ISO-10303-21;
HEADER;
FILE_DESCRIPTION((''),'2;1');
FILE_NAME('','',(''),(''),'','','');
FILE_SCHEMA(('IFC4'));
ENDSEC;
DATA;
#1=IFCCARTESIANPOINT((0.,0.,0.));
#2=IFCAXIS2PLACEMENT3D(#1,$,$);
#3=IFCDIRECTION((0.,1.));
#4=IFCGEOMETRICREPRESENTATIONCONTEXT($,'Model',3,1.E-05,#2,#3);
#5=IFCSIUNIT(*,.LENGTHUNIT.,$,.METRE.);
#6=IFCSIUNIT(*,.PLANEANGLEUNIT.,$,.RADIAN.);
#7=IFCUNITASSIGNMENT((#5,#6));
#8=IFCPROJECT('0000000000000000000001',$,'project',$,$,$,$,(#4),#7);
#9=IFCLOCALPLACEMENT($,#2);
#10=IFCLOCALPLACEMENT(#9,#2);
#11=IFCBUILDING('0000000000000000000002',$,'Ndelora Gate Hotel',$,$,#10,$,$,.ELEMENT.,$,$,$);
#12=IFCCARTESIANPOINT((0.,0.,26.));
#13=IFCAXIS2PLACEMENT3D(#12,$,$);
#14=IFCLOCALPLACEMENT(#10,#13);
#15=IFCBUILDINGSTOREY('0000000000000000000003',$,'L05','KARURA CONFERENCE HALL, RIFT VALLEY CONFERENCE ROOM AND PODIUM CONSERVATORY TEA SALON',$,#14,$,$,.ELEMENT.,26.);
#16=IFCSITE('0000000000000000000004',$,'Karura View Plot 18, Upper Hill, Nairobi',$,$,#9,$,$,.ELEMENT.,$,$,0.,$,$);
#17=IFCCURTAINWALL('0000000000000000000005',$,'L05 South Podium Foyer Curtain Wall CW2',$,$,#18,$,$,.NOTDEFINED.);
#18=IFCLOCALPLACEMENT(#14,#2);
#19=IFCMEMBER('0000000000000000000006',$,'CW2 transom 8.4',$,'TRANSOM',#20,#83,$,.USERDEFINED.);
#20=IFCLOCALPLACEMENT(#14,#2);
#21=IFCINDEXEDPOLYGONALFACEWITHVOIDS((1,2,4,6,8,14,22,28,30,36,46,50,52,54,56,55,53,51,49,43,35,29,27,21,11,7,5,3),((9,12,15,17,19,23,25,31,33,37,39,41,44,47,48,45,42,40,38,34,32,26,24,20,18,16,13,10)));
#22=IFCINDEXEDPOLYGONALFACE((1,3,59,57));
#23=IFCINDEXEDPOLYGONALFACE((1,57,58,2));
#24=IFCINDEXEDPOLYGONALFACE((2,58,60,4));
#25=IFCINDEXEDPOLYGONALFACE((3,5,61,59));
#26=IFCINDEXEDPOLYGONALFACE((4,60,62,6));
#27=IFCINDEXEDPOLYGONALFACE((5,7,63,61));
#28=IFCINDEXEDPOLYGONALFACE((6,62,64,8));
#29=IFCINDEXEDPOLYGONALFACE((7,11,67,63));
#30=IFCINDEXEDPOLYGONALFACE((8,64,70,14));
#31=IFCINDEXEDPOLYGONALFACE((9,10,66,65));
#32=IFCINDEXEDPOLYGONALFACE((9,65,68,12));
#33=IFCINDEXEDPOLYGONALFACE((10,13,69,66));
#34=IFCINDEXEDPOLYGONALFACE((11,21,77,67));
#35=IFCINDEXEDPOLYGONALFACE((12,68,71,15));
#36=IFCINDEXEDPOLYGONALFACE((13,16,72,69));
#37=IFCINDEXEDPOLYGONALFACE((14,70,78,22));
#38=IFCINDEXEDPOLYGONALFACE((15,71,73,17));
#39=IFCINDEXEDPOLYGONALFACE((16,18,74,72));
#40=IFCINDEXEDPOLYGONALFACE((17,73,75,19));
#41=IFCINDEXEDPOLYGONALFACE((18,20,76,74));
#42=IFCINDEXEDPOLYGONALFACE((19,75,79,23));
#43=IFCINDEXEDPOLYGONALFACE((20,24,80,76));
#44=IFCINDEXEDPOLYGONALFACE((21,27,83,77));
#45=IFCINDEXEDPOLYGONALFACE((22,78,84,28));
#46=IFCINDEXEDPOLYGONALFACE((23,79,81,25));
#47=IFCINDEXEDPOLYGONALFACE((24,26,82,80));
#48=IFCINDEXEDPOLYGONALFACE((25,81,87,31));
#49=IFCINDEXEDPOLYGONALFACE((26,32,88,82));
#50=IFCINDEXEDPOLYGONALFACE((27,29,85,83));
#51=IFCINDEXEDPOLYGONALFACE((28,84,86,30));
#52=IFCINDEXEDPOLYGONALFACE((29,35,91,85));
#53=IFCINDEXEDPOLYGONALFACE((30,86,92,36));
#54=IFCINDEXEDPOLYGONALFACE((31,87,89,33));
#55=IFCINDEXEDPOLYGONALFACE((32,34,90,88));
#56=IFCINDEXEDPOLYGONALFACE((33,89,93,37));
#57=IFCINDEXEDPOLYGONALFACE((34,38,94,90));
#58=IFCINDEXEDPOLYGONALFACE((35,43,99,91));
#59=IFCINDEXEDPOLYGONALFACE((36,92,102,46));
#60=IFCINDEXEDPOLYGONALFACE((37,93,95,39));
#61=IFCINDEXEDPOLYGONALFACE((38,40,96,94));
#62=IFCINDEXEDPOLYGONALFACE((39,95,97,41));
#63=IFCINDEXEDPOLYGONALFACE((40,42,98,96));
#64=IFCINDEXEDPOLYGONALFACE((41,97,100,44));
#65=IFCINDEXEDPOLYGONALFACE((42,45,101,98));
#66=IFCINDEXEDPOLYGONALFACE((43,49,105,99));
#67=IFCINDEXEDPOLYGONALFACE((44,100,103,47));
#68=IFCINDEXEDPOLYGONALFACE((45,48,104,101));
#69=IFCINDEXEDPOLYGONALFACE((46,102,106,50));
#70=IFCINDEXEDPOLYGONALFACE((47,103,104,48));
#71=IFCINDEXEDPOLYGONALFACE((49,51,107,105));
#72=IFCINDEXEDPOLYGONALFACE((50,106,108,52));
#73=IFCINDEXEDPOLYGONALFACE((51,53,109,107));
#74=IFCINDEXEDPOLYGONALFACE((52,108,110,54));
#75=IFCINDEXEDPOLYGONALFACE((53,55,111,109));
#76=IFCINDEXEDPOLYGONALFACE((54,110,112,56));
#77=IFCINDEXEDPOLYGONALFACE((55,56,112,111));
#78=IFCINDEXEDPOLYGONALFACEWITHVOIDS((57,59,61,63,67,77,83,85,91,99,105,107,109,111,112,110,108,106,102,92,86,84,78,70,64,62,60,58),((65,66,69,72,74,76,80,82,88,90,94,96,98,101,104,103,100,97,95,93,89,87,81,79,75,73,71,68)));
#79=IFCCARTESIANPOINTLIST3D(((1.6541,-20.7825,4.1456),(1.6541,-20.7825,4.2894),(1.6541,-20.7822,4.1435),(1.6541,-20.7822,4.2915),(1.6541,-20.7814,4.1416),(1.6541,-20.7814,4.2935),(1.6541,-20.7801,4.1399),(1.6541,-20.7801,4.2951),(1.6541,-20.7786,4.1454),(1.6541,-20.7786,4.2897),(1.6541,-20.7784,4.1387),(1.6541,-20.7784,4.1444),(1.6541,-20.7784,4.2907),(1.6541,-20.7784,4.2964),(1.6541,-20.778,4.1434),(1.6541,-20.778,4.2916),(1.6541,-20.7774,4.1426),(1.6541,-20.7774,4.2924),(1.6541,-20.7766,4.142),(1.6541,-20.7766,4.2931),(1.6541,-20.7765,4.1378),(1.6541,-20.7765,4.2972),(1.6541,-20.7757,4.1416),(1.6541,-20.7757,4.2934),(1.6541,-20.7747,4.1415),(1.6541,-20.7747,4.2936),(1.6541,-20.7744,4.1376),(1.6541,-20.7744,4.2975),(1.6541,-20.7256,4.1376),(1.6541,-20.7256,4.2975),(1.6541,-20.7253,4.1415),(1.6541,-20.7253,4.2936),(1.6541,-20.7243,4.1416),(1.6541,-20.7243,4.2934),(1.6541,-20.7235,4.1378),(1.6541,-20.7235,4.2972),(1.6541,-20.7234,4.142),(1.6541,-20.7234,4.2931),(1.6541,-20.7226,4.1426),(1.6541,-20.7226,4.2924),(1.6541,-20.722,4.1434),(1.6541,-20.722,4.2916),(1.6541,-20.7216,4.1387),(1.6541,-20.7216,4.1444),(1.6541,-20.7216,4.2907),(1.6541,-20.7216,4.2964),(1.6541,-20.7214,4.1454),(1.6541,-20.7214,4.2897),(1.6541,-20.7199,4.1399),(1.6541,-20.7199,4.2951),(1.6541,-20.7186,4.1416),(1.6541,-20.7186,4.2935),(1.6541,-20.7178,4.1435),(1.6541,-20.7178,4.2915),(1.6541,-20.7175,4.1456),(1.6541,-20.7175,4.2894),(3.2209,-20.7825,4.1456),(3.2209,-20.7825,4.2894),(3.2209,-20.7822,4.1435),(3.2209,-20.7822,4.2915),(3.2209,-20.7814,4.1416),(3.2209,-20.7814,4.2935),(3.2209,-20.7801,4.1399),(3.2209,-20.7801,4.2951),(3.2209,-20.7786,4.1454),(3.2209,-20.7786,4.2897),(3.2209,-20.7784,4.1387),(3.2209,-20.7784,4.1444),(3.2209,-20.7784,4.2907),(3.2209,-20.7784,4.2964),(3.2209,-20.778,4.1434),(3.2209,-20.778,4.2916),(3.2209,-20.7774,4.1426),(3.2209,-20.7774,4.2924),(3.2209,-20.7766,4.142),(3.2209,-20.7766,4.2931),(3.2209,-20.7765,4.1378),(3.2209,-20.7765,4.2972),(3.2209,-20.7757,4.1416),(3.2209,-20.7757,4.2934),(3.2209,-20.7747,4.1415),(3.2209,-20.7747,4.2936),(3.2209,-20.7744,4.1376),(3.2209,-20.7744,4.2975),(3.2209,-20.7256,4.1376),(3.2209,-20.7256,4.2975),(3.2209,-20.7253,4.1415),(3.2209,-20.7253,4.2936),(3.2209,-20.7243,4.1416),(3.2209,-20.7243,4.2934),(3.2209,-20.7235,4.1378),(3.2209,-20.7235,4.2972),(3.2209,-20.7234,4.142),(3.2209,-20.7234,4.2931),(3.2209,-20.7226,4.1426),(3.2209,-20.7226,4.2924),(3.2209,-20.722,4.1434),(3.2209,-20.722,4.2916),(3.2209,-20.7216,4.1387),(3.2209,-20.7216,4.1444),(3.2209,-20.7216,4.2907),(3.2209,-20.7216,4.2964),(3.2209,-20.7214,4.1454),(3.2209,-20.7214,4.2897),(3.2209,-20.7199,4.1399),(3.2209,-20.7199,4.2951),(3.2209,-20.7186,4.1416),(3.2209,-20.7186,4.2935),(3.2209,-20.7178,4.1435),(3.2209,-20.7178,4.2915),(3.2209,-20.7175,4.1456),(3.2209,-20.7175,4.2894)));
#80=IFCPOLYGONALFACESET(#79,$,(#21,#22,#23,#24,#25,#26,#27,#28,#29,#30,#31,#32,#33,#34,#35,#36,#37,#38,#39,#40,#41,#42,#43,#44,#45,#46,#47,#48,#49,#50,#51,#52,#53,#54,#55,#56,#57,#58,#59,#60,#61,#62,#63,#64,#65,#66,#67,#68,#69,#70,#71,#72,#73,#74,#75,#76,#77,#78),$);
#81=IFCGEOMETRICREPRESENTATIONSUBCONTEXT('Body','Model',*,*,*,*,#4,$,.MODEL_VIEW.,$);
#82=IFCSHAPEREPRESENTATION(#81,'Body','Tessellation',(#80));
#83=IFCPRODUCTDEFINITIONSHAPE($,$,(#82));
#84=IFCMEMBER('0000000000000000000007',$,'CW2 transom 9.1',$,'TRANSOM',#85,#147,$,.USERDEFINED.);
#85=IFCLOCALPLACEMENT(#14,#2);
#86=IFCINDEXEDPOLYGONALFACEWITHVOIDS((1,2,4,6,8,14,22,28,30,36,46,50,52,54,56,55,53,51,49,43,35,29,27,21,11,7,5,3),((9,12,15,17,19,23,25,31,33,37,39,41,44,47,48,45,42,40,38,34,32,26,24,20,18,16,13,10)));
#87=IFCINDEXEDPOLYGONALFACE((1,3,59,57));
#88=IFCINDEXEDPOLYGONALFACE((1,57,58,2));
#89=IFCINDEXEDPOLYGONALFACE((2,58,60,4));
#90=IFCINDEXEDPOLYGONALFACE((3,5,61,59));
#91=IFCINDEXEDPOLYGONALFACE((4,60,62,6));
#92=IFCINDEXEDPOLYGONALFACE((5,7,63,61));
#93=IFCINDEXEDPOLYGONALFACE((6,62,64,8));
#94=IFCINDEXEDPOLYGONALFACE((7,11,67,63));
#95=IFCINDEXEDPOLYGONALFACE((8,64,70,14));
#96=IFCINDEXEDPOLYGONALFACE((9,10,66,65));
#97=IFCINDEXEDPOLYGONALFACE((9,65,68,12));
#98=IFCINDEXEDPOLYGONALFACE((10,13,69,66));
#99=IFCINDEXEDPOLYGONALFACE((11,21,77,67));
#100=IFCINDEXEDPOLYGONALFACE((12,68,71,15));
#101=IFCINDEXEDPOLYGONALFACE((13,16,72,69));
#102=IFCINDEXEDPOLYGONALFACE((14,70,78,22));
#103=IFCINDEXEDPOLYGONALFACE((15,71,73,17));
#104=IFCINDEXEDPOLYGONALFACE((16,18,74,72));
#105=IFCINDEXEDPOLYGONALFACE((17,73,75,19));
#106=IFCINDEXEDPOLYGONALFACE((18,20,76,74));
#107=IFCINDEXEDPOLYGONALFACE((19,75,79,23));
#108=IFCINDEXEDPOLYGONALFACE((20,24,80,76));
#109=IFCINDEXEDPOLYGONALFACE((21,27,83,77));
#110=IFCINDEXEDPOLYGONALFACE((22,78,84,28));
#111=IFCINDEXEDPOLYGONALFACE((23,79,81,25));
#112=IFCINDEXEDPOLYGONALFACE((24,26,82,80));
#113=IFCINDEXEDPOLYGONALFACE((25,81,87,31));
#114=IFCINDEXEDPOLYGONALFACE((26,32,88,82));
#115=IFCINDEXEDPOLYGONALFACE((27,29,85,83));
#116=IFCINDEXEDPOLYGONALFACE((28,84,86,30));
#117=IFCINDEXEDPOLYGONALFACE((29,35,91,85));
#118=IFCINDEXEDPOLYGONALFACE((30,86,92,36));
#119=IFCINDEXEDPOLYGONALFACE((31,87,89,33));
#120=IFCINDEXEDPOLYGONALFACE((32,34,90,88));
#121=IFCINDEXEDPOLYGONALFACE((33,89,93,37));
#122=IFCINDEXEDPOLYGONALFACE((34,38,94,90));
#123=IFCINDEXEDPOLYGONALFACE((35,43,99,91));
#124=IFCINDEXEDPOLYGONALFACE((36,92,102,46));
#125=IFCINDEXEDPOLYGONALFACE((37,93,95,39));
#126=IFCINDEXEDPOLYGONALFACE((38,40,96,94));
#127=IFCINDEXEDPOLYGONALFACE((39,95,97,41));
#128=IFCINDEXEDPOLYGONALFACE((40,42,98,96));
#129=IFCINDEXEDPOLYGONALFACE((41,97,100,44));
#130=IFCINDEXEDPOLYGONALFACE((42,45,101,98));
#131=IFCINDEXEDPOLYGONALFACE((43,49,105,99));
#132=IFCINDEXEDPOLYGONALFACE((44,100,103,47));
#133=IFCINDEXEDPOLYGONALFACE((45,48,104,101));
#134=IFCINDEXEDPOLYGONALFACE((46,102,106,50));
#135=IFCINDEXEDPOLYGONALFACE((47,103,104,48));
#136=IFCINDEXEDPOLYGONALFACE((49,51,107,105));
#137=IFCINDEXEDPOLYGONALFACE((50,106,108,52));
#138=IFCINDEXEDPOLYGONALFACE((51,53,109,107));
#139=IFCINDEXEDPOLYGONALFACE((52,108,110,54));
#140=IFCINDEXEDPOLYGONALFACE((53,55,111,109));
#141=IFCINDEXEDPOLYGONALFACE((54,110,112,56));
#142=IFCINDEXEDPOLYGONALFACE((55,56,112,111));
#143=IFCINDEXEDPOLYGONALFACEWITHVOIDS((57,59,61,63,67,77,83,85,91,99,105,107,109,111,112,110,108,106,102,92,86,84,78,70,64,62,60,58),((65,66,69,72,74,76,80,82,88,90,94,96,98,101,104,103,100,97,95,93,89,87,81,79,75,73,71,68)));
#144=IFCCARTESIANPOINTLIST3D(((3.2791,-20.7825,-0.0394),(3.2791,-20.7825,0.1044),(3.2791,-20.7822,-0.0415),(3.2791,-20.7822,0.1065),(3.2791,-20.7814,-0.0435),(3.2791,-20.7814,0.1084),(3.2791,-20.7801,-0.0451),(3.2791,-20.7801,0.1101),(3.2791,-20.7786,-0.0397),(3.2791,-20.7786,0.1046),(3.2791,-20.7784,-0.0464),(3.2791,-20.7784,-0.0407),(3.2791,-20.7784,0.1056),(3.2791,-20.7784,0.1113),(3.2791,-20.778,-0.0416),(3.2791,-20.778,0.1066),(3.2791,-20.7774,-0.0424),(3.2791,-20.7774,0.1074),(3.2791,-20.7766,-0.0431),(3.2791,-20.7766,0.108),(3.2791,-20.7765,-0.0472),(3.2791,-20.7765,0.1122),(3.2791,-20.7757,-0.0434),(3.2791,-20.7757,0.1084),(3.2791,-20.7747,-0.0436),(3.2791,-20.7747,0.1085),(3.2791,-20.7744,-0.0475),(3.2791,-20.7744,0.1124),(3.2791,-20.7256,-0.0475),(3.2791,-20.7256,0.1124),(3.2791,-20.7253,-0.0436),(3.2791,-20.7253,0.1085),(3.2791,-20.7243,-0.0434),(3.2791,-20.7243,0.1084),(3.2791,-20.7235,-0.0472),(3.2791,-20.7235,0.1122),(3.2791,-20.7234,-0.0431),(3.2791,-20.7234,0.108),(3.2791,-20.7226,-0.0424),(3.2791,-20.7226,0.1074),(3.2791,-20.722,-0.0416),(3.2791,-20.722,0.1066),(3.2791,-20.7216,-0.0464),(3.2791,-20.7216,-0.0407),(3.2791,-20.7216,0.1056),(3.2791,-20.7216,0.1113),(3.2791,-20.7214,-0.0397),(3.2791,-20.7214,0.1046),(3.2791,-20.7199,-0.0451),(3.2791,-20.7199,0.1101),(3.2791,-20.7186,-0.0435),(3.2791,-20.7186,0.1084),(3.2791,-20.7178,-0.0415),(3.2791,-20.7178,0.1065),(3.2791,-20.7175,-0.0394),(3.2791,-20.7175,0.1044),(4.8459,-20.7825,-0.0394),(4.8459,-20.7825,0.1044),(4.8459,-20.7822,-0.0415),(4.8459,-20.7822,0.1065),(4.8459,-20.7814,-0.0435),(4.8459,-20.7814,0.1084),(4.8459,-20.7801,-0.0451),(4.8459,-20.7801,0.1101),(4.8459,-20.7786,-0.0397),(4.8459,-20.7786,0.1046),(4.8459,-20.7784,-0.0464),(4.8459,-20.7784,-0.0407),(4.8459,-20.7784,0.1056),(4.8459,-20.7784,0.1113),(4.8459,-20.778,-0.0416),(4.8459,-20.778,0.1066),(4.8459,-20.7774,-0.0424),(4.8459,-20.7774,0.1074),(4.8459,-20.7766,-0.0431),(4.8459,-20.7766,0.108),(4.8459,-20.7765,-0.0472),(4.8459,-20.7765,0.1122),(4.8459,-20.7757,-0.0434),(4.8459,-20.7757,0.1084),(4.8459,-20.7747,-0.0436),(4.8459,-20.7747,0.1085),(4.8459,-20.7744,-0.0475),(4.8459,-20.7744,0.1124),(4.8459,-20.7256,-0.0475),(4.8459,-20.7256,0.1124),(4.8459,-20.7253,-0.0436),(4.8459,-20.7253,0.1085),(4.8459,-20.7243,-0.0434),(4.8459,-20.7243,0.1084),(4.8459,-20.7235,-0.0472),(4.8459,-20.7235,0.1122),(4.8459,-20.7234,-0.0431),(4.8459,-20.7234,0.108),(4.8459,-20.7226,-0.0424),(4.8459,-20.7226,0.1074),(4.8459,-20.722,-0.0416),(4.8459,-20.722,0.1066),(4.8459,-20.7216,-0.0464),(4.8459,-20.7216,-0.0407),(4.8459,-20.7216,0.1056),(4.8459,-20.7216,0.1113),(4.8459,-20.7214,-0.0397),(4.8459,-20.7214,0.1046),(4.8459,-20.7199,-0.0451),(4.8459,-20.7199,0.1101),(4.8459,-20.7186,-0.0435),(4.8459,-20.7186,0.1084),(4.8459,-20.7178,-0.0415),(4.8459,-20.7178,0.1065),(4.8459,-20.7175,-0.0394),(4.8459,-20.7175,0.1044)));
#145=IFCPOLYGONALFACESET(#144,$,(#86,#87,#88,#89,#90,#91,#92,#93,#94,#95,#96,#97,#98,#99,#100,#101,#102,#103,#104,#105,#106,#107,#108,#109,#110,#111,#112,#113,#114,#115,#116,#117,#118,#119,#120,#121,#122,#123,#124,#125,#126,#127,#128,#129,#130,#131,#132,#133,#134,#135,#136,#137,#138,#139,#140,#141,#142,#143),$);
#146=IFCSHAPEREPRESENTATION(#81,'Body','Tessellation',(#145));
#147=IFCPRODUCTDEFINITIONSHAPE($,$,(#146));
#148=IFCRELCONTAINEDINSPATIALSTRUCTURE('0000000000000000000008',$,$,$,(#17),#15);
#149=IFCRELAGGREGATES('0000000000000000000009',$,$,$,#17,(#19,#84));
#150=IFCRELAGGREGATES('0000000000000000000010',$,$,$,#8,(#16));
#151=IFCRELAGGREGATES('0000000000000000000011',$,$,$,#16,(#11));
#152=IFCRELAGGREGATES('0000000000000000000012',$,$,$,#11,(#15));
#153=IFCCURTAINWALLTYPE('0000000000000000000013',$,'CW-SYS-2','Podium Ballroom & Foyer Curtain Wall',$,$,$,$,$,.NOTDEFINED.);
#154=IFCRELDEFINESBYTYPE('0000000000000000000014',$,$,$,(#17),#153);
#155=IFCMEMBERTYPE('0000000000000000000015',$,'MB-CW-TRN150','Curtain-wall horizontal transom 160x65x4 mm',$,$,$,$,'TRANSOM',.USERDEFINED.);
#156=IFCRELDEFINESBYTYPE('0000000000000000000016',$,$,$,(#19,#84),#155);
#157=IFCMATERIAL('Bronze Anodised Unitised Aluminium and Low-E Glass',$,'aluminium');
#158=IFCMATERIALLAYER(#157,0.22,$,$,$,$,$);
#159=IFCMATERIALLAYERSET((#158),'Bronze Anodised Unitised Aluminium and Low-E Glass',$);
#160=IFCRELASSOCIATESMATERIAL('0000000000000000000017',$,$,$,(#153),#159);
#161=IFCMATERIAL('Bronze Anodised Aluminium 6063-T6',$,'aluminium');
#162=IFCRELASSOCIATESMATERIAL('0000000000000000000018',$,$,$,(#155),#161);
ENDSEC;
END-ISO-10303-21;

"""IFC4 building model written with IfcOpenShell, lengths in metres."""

from ifc_helpers import new_model, si_unit, direction, frame, origin, origin_2d, place, context, subcontext, project, spatial, hollow_rectangle, extrude, material, layer, layer_set, material_profile, profile_set, type_object, element, aggregate, save


model = new_model("IFC4")

# Units and contexts
model_context = context("Model", 3, precision=1e-05, world=origin(), true_north=direction((0.0, 1.0)))
body_context = subcontext(model_context, "Body", "Model", "MODEL_VIEW")
ifc_project = project(units=[si_unit("LENGTHUNIT", "METRE"), si_unit("PLANEANGLEUNIT", "RADIAN")], contexts=[model_context])

# Site, building, storey
site_placement = place(None, origin())
site = spatial("IfcSite", under=ifc_project, at=site_placement, Name="Karura View Plot 18, Upper Hill, Nairobi", CompositionType="ELEMENT", RefElevation=0.0)
building_placement = place(site_placement, origin())
building = spatial("IfcBuilding", under=site, at=building_placement, Name="Ndelora Gate Hotel", CompositionType="ELEMENT")
storey_placement = place(building_placement, frame((0.0, 0.0, 26.0)))
storey = spatial("IfcBuildingStorey", under=building, at=storey_placement, Name="L05", Description="KARURA CONFERENCE HALL, RIFT VALLEY CONFERENCE ROOM AND PODIUM CONSERVATORY TEA SALON", CompositionType="ELEMENT", Elevation=26.0)

# Curtain wall, members
ifc_material_1 = material(Name="Bronze Anodised Unitised Aluminium and Low-E Glass", Category="aluminium")
ifc_layer_1 = layer(ifc_material_1, 0.22)
ifc_layer_set_1 = layer_set([ifc_layer_1], Name="Bronze Anodised Unitised Aluminium and Low-E Glass")
curtain_wall_type = type_object("IfcCurtainWallType", Name="CW-SYS-2", Description="Podium Ballroom & Foyer Curtain Wall", PredefinedType="NOTDEFINED", material=ifc_layer_set_1)
curtain_wall_placement = place(storey_placement, origin())
curtain_wall = element("IfcCurtainWall", 1, at=curtain_wall_placement, inside=storey, type_object=curtain_wall_type, Name="L05 South Podium Foyer Curtain Wall CW2", PredefinedType="NOTDEFINED")
ifc_material_2 = material(Name="Bronze Anodised Aluminium 6063-T6", Category="aluminium")
ifc_material_profile_1 = material_profile(ifc_material_2, hollow_rectangle(XDim=0.0649, YDim=0.1599, WallThickness=0.0039, InnerFilletRadius=0.0039, OuterFilletRadius=0.0081, at=origin_2d()), Name="ALU 160x65x4")
ifc_profile_set_1 = profile_set([ifc_material_profile_1], Name="Bronze Anodised Aluminium 6063-T6")
member_type_1 = type_object("IfcMemberType", Name="MB-CW-TRN150", Description="Curtain-wall horizontal transom 160x65x4 mm", ElementType="TRANSOM", PredefinedType="USERDEFINED", material=ifc_profile_set_1)
member_1_placement = place(storey_placement, frame((1.6541, -20.75, 4.2175), z_axis=(1.0, 0.0, 0.0), x_axis=(0.0, 1.0, 0.0)))
member_1 = element("IfcMember", 2, at=member_1_placement, type_object=member_type_1, Name="CW2 transom 8.4", ObjectType="TRANSOM", PredefinedType="USERDEFINED", context=body_context, shape_type="SweptSolid", body=[
    extrude(hollow_rectangle(XDim=0.0649, YDim=0.1599, WallThickness=0.0039, InnerFilletRadius=0.0039, OuterFilletRadius=0.0081, at=origin_2d()), origin(), (0.0, 0.0, 1.0), 1.5669),
])
member_2_placement = place(storey_placement, frame((3.2791, -20.75, 0.0325), z_axis=(1.0, 0.0, 0.0), x_axis=(0.0, 1.0, 0.0)))
member_2 = element("IfcMember", 3, at=member_2_placement, type_object=member_type_1, Name="CW2 transom 9.1", ObjectType="TRANSOM", PredefinedType="USERDEFINED", context=body_context, shape_type="SweptSolid", body=[
    extrude(hollow_rectangle(XDim=0.0649, YDim=0.1599, WallThickness=0.0039, InnerFilletRadius=0.0039, OuterFilletRadius=0.0081, at=origin_2d()), origin(), (0.0, 0.0, 1.0), 1.5669),
])
aggregate(curtain_wall, [member_1, member_2])

save(model, "model.ifc")
